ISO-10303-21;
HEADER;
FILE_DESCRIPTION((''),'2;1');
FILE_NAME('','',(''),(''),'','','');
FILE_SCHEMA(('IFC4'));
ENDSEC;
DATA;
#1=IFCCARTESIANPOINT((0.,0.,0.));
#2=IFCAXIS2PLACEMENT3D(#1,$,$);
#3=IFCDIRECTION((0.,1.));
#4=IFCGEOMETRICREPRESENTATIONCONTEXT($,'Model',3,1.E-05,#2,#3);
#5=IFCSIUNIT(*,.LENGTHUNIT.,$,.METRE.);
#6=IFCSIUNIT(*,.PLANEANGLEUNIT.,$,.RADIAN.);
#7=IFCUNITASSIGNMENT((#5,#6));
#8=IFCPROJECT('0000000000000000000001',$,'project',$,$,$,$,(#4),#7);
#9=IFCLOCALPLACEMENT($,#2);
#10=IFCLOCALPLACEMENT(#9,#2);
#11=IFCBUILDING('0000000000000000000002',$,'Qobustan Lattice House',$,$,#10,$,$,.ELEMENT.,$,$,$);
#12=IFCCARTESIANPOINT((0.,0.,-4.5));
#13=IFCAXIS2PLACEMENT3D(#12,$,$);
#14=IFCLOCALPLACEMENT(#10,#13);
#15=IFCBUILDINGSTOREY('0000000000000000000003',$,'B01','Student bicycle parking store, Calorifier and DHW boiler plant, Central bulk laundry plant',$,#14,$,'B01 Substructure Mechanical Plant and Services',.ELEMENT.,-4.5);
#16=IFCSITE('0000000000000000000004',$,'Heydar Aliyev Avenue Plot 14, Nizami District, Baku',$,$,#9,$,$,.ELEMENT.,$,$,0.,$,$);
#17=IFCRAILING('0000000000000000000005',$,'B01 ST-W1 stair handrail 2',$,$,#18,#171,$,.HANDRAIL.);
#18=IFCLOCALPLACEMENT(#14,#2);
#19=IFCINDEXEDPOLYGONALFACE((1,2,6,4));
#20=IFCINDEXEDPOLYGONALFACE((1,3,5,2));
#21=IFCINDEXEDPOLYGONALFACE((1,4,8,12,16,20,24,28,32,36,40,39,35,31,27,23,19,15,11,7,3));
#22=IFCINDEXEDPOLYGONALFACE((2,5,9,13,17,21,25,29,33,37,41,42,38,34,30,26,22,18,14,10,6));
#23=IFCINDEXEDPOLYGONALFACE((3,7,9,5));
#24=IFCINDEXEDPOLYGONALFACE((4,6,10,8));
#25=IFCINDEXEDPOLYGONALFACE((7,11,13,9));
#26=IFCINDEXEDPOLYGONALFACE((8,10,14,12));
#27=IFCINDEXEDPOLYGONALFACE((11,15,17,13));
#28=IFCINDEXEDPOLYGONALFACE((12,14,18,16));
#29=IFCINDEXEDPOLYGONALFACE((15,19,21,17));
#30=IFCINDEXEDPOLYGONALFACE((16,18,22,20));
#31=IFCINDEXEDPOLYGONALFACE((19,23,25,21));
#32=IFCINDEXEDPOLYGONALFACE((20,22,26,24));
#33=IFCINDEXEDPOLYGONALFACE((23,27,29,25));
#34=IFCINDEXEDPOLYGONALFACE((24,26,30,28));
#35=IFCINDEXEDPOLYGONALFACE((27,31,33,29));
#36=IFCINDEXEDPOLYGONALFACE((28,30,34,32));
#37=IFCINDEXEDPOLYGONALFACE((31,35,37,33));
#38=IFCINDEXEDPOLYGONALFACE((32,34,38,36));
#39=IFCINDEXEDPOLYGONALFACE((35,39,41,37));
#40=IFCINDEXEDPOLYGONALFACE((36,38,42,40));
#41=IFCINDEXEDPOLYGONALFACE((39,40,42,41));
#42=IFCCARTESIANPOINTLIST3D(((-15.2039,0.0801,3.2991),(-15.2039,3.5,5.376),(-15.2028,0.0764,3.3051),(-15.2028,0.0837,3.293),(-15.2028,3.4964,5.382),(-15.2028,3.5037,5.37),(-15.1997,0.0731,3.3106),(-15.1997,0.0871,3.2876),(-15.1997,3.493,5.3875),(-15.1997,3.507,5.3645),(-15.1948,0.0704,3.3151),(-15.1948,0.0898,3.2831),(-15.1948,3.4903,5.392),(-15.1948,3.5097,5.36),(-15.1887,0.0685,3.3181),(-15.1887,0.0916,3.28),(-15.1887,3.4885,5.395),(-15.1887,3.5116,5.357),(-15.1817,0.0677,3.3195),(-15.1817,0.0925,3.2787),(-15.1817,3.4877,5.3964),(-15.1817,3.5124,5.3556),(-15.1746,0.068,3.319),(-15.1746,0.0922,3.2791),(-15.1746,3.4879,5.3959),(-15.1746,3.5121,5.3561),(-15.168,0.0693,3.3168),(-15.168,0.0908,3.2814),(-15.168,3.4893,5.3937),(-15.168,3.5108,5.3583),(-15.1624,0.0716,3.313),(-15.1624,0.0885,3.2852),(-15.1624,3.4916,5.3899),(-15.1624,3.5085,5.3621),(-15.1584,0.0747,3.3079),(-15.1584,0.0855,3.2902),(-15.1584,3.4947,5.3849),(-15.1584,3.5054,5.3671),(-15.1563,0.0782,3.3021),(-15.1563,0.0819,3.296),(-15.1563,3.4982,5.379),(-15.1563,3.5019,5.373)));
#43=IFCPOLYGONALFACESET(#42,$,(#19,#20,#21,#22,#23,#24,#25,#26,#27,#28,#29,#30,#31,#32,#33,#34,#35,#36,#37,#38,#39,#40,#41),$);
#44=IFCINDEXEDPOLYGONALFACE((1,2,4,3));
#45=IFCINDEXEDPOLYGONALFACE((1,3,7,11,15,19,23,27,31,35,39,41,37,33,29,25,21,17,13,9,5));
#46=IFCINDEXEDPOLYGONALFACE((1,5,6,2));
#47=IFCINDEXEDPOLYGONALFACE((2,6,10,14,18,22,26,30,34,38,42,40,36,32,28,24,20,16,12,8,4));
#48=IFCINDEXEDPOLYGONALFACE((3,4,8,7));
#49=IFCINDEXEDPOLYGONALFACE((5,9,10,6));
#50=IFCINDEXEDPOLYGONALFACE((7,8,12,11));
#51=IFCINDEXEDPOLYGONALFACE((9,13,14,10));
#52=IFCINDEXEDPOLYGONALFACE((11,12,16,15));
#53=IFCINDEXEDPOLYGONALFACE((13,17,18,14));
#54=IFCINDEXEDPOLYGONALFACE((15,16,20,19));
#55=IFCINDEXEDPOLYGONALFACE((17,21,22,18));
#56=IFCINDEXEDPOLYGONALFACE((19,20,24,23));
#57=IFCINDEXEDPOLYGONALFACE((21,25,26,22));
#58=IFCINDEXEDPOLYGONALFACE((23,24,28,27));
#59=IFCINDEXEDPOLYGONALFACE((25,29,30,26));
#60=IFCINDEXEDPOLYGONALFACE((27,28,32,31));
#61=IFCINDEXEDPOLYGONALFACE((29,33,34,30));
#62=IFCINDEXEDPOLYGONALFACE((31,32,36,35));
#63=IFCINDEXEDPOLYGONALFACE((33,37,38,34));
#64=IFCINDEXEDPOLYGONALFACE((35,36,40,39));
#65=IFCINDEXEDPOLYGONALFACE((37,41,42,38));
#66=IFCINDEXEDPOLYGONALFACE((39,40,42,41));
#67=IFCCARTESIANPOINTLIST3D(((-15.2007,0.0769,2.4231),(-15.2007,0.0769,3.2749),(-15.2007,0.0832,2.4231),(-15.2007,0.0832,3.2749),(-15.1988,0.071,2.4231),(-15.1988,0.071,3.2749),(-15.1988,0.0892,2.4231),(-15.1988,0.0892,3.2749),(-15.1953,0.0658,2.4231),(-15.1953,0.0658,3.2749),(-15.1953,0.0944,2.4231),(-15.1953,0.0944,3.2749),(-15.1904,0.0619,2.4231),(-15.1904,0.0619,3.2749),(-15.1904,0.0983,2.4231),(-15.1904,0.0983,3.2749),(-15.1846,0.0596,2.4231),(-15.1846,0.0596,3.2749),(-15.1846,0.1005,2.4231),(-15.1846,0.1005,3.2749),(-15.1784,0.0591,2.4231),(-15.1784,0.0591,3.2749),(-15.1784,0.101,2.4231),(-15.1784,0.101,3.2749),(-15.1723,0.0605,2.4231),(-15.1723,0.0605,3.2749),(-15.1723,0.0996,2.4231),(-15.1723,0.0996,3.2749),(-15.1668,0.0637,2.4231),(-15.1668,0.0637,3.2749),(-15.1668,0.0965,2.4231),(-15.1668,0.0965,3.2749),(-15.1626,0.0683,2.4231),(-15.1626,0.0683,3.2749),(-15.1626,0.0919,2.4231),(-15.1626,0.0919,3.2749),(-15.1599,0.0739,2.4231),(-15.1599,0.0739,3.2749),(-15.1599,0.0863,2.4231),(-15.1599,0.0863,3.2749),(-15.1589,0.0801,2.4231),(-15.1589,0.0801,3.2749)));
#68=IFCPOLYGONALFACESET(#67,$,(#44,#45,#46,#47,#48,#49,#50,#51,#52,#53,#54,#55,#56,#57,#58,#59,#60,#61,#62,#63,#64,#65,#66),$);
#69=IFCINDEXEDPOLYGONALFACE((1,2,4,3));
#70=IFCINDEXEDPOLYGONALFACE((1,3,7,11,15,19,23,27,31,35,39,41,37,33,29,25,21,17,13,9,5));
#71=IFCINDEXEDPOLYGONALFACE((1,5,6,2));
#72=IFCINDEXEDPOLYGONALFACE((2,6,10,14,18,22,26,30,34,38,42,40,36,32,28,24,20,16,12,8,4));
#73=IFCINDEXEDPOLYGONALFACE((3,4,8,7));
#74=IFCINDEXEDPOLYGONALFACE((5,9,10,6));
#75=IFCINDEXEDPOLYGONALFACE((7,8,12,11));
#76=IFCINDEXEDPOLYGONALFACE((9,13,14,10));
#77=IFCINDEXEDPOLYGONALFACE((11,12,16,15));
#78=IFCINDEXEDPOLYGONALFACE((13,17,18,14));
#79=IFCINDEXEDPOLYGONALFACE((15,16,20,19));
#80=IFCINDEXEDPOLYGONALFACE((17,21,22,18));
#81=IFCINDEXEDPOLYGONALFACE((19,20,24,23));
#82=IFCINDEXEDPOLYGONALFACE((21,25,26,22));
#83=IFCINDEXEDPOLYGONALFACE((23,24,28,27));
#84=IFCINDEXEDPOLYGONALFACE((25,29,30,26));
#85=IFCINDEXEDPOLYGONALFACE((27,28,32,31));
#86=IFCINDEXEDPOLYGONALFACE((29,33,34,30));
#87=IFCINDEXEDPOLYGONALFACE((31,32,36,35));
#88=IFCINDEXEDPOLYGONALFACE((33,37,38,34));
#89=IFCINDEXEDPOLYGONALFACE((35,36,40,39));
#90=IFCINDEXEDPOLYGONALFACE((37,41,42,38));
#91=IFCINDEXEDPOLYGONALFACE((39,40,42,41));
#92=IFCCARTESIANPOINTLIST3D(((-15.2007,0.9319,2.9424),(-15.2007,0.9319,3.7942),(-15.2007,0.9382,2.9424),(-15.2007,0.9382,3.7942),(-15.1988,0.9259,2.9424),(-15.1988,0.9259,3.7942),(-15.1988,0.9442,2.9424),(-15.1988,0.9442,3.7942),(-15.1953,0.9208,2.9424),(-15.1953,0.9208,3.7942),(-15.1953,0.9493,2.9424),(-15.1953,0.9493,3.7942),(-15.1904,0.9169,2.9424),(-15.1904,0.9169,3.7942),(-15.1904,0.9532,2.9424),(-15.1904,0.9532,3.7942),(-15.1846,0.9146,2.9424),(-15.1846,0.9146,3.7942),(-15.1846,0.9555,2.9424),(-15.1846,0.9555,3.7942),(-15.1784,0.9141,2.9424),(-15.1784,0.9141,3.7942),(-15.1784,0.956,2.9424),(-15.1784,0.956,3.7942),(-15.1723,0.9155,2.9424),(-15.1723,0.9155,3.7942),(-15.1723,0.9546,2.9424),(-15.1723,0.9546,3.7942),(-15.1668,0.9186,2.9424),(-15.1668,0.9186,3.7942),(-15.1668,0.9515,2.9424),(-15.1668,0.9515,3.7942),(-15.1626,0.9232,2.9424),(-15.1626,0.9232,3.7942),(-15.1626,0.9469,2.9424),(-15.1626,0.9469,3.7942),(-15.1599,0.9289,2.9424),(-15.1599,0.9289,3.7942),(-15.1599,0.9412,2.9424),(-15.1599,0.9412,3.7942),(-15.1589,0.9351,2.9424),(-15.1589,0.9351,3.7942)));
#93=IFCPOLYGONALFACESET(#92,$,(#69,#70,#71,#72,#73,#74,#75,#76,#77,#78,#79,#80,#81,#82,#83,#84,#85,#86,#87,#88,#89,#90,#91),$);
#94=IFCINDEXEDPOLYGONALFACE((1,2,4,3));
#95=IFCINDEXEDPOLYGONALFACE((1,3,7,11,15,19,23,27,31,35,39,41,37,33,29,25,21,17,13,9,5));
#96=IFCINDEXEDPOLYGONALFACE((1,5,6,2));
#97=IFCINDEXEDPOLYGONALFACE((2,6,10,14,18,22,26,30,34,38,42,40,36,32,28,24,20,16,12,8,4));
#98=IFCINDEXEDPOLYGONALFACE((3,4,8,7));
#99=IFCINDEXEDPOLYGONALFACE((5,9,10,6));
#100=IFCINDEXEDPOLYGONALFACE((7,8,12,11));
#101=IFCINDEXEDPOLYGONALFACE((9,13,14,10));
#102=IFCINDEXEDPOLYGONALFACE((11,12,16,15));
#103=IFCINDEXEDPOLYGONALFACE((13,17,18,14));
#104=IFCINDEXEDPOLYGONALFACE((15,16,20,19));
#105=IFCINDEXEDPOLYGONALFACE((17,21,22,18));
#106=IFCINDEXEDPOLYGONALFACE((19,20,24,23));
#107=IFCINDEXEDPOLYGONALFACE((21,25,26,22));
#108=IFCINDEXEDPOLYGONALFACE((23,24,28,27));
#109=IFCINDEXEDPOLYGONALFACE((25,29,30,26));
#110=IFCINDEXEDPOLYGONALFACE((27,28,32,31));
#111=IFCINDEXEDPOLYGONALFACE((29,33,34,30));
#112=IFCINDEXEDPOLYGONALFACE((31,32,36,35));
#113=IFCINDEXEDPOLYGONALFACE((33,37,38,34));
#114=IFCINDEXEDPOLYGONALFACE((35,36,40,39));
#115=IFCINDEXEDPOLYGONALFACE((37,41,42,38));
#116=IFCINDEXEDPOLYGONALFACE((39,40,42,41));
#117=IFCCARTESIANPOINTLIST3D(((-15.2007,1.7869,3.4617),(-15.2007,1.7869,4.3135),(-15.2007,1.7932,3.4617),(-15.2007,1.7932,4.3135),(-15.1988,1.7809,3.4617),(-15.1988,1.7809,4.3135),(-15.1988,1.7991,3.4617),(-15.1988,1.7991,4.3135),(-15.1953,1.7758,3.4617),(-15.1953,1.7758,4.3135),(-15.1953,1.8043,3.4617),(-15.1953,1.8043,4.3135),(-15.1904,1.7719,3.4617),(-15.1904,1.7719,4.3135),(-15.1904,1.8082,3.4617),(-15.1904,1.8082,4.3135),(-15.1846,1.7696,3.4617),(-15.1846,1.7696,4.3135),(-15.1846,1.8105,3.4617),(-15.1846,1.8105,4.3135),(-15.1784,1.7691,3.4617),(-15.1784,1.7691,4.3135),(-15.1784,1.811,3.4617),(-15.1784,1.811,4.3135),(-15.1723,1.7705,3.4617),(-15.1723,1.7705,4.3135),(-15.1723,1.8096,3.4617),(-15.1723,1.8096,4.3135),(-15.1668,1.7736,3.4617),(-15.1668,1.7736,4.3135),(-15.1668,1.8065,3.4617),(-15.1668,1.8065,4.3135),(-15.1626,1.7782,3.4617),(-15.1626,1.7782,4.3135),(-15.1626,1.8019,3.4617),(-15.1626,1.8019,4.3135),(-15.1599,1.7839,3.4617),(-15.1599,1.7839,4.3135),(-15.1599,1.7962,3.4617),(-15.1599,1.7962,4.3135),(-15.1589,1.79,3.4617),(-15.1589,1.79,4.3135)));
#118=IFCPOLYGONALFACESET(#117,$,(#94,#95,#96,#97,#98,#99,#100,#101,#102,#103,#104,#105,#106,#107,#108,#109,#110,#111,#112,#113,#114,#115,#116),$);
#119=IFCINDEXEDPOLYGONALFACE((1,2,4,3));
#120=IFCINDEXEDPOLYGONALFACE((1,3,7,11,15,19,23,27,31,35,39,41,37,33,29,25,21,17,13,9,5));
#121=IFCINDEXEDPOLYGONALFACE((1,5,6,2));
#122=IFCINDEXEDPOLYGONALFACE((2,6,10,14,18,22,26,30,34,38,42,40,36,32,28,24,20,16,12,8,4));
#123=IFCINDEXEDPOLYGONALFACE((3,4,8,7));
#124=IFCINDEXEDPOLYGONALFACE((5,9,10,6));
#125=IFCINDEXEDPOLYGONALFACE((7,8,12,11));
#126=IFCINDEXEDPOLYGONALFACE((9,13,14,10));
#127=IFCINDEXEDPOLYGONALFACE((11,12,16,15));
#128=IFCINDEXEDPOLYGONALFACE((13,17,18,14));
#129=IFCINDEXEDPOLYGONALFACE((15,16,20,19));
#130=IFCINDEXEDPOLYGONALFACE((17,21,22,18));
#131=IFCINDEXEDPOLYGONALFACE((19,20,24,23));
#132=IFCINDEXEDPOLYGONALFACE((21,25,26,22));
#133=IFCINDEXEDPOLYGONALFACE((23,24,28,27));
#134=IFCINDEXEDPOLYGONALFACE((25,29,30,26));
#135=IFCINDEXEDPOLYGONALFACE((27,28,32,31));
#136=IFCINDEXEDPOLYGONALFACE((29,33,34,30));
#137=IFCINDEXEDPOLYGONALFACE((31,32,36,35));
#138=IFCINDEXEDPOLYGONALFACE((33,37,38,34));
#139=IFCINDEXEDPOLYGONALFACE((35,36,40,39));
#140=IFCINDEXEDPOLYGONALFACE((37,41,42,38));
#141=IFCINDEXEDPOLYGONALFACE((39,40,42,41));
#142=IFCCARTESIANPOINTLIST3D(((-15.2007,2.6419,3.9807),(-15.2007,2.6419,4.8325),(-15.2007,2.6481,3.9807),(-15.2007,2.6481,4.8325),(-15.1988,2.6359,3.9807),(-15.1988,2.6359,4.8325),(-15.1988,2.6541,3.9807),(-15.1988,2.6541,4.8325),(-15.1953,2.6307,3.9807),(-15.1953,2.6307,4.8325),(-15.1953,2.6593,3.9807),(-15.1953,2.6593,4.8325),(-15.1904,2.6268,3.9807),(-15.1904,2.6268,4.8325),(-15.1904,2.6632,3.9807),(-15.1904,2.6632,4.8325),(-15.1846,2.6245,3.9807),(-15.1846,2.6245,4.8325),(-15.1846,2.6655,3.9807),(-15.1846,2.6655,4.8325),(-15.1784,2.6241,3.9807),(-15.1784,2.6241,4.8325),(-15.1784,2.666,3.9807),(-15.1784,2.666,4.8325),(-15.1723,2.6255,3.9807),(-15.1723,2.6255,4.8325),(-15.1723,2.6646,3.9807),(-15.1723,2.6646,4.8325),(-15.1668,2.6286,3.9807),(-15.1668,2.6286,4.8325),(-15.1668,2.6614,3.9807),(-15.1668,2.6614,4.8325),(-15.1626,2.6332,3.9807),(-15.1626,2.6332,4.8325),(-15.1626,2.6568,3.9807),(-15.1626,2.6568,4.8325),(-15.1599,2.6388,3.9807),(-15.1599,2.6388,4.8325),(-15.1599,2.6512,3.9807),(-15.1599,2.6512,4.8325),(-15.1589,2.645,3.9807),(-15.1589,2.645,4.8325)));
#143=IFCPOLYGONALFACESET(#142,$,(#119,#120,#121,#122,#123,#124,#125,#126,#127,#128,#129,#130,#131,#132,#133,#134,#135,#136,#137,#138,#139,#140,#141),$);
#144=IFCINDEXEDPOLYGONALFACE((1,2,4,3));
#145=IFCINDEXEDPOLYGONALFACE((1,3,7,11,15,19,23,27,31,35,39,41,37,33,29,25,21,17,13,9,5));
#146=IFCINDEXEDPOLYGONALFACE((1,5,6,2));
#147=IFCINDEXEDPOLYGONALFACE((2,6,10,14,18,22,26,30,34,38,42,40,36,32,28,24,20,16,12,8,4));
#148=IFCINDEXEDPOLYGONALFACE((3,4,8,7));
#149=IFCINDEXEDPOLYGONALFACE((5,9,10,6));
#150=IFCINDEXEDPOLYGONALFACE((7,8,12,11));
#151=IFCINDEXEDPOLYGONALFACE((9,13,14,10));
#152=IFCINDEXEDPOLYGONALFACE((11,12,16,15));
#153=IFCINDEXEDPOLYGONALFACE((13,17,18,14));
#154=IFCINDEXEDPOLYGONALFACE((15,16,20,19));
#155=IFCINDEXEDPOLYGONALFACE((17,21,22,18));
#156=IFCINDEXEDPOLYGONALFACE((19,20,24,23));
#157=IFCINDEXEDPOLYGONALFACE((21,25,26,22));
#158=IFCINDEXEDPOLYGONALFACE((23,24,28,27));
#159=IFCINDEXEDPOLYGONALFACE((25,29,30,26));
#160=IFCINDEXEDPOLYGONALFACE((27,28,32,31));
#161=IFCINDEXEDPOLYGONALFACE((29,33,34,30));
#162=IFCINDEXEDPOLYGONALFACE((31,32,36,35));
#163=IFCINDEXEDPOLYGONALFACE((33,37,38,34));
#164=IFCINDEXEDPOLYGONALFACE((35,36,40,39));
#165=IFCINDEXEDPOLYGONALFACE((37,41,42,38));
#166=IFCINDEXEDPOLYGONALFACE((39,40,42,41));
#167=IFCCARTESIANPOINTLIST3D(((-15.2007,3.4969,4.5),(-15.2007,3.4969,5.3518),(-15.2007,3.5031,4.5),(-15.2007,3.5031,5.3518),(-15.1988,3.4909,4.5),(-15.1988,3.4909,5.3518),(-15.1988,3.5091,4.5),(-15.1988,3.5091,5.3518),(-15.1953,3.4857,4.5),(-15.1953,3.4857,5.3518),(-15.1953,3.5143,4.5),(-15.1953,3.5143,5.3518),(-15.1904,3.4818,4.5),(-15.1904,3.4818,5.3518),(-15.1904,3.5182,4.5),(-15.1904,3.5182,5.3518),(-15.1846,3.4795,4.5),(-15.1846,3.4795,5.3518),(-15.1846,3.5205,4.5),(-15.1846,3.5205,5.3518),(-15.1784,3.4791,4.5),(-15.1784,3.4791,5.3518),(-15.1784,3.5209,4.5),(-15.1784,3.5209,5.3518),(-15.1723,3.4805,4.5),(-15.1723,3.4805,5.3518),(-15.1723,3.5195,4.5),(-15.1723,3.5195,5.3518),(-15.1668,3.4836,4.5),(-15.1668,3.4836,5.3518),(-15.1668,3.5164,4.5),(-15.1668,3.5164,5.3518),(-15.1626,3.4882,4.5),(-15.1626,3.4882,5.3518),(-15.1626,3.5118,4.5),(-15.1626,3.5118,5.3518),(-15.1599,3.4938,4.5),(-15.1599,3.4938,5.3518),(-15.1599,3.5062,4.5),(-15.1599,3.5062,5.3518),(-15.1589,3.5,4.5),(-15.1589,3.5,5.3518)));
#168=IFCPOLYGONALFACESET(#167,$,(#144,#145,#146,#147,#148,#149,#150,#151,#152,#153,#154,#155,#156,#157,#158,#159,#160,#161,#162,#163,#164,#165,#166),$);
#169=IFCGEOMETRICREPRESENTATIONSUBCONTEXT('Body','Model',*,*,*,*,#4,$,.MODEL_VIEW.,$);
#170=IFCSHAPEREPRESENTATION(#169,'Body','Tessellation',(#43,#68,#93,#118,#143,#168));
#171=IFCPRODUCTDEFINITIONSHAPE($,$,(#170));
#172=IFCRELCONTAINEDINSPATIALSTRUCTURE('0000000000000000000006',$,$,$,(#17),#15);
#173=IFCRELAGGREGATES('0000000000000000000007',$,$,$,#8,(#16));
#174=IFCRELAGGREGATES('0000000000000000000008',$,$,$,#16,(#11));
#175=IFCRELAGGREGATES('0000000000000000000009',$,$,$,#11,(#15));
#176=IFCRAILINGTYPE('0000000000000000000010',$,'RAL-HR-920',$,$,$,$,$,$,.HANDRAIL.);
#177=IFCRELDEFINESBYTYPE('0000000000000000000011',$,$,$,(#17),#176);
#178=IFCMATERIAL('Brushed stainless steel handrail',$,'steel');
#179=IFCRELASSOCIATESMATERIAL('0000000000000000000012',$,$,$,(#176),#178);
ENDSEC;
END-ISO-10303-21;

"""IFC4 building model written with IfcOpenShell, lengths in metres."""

from ifc_helpers import new_model, si_unit, direction, frame, origin, origin_2d, place, context, subcontext, project, spatial, circle, extrude, material, type_object, element, save


model = new_model("IFC4")

# Units and contexts
model_context = context("Model", 3, precision=1e-05, world=origin(), true_north=direction((0.0, 1.0)))
body_context = subcontext(model_context, "Body", "Model", "MODEL_VIEW")
ifc_project = project(units=[si_unit("LENGTHUNIT", "METRE"), si_unit("PLANEANGLEUNIT", "RADIAN")], contexts=[model_context])

# Site, building, storey
site_placement = place(None, origin())
site = spatial("IfcSite", under=ifc_project, at=site_placement, Name="Heydar Aliyev Avenue Plot 14, Nizami District, Baku", CompositionType="ELEMENT", RefElevation=0.0)
building_placement = place(site_placement, origin())
building = spatial("IfcBuilding", under=site, at=building_placement, Name="Qobustan Lattice House", CompositionType="ELEMENT")
storey_placement = place(building_placement, frame((0.0, 0.0, -4.5)))
storey = spatial("IfcBuildingStorey", under=building, at=storey_placement, Name="B01", Description="Student bicycle parking store, Calorifier and DHW boiler plant, Central bulk laundry plant", LongName="B01 Substructure Mechanical Plant and Services", CompositionType="ELEMENT", Elevation=-4.5)

# Railing
ifc_material_1 = material(Name="Brushed stainless steel handrail", Category="steel")
railing_type_1 = type_object("IfcRailingType", Name="RAL-HR-920", PredefinedType="HANDRAIL", material=ifc_material_1)
railing_1_placement = place(storey_placement, frame((-15.1799, 0.0801, 2.4231)))
element("IfcRailing", 1, at=railing_1_placement, inside=storey, type_object=railing_type_1, Name="B01 ST-W1 stair handrail 2", PredefinedType="HANDRAIL", context=body_context, shape_type="SweptSolid", body=[
    extrude(circle(Radius=0.0239, at=origin_2d()), frame((0.0, 0.0, 0.876), z_axis=(0.0, 0.85473, 0.519074), x_axis=(-1.0, 0.0, 0.0)), (0.0, 0.0, 1.0), 4.0012),
    extrude(circle(Radius=0.021, at=origin_2d()), origin(), (0.0, 0.0, 1.0), 0.8518),
    extrude(circle(Radius=0.021, at=origin_2d()), frame((0.0, 0.855, 0.5193)), (0.0, 0.0, 1.0), 0.8518),
    extrude(circle(Radius=0.021, at=origin_2d()), frame((0.0, 1.71, 1.0386)), (0.0, 0.0, 1.0), 0.8518),
    extrude(circle(Radius=0.021, at=origin_2d()), frame((0.0, 2.5649, 1.5576)), (0.0, 0.0, 1.0), 0.8518),
    extrude(circle(Radius=0.021, at=origin_2d()), frame((0.0, 3.4199, 2.0769)), (0.0, 0.0, 1.0), 0.8518),
])

save(model, "model.ifc")
